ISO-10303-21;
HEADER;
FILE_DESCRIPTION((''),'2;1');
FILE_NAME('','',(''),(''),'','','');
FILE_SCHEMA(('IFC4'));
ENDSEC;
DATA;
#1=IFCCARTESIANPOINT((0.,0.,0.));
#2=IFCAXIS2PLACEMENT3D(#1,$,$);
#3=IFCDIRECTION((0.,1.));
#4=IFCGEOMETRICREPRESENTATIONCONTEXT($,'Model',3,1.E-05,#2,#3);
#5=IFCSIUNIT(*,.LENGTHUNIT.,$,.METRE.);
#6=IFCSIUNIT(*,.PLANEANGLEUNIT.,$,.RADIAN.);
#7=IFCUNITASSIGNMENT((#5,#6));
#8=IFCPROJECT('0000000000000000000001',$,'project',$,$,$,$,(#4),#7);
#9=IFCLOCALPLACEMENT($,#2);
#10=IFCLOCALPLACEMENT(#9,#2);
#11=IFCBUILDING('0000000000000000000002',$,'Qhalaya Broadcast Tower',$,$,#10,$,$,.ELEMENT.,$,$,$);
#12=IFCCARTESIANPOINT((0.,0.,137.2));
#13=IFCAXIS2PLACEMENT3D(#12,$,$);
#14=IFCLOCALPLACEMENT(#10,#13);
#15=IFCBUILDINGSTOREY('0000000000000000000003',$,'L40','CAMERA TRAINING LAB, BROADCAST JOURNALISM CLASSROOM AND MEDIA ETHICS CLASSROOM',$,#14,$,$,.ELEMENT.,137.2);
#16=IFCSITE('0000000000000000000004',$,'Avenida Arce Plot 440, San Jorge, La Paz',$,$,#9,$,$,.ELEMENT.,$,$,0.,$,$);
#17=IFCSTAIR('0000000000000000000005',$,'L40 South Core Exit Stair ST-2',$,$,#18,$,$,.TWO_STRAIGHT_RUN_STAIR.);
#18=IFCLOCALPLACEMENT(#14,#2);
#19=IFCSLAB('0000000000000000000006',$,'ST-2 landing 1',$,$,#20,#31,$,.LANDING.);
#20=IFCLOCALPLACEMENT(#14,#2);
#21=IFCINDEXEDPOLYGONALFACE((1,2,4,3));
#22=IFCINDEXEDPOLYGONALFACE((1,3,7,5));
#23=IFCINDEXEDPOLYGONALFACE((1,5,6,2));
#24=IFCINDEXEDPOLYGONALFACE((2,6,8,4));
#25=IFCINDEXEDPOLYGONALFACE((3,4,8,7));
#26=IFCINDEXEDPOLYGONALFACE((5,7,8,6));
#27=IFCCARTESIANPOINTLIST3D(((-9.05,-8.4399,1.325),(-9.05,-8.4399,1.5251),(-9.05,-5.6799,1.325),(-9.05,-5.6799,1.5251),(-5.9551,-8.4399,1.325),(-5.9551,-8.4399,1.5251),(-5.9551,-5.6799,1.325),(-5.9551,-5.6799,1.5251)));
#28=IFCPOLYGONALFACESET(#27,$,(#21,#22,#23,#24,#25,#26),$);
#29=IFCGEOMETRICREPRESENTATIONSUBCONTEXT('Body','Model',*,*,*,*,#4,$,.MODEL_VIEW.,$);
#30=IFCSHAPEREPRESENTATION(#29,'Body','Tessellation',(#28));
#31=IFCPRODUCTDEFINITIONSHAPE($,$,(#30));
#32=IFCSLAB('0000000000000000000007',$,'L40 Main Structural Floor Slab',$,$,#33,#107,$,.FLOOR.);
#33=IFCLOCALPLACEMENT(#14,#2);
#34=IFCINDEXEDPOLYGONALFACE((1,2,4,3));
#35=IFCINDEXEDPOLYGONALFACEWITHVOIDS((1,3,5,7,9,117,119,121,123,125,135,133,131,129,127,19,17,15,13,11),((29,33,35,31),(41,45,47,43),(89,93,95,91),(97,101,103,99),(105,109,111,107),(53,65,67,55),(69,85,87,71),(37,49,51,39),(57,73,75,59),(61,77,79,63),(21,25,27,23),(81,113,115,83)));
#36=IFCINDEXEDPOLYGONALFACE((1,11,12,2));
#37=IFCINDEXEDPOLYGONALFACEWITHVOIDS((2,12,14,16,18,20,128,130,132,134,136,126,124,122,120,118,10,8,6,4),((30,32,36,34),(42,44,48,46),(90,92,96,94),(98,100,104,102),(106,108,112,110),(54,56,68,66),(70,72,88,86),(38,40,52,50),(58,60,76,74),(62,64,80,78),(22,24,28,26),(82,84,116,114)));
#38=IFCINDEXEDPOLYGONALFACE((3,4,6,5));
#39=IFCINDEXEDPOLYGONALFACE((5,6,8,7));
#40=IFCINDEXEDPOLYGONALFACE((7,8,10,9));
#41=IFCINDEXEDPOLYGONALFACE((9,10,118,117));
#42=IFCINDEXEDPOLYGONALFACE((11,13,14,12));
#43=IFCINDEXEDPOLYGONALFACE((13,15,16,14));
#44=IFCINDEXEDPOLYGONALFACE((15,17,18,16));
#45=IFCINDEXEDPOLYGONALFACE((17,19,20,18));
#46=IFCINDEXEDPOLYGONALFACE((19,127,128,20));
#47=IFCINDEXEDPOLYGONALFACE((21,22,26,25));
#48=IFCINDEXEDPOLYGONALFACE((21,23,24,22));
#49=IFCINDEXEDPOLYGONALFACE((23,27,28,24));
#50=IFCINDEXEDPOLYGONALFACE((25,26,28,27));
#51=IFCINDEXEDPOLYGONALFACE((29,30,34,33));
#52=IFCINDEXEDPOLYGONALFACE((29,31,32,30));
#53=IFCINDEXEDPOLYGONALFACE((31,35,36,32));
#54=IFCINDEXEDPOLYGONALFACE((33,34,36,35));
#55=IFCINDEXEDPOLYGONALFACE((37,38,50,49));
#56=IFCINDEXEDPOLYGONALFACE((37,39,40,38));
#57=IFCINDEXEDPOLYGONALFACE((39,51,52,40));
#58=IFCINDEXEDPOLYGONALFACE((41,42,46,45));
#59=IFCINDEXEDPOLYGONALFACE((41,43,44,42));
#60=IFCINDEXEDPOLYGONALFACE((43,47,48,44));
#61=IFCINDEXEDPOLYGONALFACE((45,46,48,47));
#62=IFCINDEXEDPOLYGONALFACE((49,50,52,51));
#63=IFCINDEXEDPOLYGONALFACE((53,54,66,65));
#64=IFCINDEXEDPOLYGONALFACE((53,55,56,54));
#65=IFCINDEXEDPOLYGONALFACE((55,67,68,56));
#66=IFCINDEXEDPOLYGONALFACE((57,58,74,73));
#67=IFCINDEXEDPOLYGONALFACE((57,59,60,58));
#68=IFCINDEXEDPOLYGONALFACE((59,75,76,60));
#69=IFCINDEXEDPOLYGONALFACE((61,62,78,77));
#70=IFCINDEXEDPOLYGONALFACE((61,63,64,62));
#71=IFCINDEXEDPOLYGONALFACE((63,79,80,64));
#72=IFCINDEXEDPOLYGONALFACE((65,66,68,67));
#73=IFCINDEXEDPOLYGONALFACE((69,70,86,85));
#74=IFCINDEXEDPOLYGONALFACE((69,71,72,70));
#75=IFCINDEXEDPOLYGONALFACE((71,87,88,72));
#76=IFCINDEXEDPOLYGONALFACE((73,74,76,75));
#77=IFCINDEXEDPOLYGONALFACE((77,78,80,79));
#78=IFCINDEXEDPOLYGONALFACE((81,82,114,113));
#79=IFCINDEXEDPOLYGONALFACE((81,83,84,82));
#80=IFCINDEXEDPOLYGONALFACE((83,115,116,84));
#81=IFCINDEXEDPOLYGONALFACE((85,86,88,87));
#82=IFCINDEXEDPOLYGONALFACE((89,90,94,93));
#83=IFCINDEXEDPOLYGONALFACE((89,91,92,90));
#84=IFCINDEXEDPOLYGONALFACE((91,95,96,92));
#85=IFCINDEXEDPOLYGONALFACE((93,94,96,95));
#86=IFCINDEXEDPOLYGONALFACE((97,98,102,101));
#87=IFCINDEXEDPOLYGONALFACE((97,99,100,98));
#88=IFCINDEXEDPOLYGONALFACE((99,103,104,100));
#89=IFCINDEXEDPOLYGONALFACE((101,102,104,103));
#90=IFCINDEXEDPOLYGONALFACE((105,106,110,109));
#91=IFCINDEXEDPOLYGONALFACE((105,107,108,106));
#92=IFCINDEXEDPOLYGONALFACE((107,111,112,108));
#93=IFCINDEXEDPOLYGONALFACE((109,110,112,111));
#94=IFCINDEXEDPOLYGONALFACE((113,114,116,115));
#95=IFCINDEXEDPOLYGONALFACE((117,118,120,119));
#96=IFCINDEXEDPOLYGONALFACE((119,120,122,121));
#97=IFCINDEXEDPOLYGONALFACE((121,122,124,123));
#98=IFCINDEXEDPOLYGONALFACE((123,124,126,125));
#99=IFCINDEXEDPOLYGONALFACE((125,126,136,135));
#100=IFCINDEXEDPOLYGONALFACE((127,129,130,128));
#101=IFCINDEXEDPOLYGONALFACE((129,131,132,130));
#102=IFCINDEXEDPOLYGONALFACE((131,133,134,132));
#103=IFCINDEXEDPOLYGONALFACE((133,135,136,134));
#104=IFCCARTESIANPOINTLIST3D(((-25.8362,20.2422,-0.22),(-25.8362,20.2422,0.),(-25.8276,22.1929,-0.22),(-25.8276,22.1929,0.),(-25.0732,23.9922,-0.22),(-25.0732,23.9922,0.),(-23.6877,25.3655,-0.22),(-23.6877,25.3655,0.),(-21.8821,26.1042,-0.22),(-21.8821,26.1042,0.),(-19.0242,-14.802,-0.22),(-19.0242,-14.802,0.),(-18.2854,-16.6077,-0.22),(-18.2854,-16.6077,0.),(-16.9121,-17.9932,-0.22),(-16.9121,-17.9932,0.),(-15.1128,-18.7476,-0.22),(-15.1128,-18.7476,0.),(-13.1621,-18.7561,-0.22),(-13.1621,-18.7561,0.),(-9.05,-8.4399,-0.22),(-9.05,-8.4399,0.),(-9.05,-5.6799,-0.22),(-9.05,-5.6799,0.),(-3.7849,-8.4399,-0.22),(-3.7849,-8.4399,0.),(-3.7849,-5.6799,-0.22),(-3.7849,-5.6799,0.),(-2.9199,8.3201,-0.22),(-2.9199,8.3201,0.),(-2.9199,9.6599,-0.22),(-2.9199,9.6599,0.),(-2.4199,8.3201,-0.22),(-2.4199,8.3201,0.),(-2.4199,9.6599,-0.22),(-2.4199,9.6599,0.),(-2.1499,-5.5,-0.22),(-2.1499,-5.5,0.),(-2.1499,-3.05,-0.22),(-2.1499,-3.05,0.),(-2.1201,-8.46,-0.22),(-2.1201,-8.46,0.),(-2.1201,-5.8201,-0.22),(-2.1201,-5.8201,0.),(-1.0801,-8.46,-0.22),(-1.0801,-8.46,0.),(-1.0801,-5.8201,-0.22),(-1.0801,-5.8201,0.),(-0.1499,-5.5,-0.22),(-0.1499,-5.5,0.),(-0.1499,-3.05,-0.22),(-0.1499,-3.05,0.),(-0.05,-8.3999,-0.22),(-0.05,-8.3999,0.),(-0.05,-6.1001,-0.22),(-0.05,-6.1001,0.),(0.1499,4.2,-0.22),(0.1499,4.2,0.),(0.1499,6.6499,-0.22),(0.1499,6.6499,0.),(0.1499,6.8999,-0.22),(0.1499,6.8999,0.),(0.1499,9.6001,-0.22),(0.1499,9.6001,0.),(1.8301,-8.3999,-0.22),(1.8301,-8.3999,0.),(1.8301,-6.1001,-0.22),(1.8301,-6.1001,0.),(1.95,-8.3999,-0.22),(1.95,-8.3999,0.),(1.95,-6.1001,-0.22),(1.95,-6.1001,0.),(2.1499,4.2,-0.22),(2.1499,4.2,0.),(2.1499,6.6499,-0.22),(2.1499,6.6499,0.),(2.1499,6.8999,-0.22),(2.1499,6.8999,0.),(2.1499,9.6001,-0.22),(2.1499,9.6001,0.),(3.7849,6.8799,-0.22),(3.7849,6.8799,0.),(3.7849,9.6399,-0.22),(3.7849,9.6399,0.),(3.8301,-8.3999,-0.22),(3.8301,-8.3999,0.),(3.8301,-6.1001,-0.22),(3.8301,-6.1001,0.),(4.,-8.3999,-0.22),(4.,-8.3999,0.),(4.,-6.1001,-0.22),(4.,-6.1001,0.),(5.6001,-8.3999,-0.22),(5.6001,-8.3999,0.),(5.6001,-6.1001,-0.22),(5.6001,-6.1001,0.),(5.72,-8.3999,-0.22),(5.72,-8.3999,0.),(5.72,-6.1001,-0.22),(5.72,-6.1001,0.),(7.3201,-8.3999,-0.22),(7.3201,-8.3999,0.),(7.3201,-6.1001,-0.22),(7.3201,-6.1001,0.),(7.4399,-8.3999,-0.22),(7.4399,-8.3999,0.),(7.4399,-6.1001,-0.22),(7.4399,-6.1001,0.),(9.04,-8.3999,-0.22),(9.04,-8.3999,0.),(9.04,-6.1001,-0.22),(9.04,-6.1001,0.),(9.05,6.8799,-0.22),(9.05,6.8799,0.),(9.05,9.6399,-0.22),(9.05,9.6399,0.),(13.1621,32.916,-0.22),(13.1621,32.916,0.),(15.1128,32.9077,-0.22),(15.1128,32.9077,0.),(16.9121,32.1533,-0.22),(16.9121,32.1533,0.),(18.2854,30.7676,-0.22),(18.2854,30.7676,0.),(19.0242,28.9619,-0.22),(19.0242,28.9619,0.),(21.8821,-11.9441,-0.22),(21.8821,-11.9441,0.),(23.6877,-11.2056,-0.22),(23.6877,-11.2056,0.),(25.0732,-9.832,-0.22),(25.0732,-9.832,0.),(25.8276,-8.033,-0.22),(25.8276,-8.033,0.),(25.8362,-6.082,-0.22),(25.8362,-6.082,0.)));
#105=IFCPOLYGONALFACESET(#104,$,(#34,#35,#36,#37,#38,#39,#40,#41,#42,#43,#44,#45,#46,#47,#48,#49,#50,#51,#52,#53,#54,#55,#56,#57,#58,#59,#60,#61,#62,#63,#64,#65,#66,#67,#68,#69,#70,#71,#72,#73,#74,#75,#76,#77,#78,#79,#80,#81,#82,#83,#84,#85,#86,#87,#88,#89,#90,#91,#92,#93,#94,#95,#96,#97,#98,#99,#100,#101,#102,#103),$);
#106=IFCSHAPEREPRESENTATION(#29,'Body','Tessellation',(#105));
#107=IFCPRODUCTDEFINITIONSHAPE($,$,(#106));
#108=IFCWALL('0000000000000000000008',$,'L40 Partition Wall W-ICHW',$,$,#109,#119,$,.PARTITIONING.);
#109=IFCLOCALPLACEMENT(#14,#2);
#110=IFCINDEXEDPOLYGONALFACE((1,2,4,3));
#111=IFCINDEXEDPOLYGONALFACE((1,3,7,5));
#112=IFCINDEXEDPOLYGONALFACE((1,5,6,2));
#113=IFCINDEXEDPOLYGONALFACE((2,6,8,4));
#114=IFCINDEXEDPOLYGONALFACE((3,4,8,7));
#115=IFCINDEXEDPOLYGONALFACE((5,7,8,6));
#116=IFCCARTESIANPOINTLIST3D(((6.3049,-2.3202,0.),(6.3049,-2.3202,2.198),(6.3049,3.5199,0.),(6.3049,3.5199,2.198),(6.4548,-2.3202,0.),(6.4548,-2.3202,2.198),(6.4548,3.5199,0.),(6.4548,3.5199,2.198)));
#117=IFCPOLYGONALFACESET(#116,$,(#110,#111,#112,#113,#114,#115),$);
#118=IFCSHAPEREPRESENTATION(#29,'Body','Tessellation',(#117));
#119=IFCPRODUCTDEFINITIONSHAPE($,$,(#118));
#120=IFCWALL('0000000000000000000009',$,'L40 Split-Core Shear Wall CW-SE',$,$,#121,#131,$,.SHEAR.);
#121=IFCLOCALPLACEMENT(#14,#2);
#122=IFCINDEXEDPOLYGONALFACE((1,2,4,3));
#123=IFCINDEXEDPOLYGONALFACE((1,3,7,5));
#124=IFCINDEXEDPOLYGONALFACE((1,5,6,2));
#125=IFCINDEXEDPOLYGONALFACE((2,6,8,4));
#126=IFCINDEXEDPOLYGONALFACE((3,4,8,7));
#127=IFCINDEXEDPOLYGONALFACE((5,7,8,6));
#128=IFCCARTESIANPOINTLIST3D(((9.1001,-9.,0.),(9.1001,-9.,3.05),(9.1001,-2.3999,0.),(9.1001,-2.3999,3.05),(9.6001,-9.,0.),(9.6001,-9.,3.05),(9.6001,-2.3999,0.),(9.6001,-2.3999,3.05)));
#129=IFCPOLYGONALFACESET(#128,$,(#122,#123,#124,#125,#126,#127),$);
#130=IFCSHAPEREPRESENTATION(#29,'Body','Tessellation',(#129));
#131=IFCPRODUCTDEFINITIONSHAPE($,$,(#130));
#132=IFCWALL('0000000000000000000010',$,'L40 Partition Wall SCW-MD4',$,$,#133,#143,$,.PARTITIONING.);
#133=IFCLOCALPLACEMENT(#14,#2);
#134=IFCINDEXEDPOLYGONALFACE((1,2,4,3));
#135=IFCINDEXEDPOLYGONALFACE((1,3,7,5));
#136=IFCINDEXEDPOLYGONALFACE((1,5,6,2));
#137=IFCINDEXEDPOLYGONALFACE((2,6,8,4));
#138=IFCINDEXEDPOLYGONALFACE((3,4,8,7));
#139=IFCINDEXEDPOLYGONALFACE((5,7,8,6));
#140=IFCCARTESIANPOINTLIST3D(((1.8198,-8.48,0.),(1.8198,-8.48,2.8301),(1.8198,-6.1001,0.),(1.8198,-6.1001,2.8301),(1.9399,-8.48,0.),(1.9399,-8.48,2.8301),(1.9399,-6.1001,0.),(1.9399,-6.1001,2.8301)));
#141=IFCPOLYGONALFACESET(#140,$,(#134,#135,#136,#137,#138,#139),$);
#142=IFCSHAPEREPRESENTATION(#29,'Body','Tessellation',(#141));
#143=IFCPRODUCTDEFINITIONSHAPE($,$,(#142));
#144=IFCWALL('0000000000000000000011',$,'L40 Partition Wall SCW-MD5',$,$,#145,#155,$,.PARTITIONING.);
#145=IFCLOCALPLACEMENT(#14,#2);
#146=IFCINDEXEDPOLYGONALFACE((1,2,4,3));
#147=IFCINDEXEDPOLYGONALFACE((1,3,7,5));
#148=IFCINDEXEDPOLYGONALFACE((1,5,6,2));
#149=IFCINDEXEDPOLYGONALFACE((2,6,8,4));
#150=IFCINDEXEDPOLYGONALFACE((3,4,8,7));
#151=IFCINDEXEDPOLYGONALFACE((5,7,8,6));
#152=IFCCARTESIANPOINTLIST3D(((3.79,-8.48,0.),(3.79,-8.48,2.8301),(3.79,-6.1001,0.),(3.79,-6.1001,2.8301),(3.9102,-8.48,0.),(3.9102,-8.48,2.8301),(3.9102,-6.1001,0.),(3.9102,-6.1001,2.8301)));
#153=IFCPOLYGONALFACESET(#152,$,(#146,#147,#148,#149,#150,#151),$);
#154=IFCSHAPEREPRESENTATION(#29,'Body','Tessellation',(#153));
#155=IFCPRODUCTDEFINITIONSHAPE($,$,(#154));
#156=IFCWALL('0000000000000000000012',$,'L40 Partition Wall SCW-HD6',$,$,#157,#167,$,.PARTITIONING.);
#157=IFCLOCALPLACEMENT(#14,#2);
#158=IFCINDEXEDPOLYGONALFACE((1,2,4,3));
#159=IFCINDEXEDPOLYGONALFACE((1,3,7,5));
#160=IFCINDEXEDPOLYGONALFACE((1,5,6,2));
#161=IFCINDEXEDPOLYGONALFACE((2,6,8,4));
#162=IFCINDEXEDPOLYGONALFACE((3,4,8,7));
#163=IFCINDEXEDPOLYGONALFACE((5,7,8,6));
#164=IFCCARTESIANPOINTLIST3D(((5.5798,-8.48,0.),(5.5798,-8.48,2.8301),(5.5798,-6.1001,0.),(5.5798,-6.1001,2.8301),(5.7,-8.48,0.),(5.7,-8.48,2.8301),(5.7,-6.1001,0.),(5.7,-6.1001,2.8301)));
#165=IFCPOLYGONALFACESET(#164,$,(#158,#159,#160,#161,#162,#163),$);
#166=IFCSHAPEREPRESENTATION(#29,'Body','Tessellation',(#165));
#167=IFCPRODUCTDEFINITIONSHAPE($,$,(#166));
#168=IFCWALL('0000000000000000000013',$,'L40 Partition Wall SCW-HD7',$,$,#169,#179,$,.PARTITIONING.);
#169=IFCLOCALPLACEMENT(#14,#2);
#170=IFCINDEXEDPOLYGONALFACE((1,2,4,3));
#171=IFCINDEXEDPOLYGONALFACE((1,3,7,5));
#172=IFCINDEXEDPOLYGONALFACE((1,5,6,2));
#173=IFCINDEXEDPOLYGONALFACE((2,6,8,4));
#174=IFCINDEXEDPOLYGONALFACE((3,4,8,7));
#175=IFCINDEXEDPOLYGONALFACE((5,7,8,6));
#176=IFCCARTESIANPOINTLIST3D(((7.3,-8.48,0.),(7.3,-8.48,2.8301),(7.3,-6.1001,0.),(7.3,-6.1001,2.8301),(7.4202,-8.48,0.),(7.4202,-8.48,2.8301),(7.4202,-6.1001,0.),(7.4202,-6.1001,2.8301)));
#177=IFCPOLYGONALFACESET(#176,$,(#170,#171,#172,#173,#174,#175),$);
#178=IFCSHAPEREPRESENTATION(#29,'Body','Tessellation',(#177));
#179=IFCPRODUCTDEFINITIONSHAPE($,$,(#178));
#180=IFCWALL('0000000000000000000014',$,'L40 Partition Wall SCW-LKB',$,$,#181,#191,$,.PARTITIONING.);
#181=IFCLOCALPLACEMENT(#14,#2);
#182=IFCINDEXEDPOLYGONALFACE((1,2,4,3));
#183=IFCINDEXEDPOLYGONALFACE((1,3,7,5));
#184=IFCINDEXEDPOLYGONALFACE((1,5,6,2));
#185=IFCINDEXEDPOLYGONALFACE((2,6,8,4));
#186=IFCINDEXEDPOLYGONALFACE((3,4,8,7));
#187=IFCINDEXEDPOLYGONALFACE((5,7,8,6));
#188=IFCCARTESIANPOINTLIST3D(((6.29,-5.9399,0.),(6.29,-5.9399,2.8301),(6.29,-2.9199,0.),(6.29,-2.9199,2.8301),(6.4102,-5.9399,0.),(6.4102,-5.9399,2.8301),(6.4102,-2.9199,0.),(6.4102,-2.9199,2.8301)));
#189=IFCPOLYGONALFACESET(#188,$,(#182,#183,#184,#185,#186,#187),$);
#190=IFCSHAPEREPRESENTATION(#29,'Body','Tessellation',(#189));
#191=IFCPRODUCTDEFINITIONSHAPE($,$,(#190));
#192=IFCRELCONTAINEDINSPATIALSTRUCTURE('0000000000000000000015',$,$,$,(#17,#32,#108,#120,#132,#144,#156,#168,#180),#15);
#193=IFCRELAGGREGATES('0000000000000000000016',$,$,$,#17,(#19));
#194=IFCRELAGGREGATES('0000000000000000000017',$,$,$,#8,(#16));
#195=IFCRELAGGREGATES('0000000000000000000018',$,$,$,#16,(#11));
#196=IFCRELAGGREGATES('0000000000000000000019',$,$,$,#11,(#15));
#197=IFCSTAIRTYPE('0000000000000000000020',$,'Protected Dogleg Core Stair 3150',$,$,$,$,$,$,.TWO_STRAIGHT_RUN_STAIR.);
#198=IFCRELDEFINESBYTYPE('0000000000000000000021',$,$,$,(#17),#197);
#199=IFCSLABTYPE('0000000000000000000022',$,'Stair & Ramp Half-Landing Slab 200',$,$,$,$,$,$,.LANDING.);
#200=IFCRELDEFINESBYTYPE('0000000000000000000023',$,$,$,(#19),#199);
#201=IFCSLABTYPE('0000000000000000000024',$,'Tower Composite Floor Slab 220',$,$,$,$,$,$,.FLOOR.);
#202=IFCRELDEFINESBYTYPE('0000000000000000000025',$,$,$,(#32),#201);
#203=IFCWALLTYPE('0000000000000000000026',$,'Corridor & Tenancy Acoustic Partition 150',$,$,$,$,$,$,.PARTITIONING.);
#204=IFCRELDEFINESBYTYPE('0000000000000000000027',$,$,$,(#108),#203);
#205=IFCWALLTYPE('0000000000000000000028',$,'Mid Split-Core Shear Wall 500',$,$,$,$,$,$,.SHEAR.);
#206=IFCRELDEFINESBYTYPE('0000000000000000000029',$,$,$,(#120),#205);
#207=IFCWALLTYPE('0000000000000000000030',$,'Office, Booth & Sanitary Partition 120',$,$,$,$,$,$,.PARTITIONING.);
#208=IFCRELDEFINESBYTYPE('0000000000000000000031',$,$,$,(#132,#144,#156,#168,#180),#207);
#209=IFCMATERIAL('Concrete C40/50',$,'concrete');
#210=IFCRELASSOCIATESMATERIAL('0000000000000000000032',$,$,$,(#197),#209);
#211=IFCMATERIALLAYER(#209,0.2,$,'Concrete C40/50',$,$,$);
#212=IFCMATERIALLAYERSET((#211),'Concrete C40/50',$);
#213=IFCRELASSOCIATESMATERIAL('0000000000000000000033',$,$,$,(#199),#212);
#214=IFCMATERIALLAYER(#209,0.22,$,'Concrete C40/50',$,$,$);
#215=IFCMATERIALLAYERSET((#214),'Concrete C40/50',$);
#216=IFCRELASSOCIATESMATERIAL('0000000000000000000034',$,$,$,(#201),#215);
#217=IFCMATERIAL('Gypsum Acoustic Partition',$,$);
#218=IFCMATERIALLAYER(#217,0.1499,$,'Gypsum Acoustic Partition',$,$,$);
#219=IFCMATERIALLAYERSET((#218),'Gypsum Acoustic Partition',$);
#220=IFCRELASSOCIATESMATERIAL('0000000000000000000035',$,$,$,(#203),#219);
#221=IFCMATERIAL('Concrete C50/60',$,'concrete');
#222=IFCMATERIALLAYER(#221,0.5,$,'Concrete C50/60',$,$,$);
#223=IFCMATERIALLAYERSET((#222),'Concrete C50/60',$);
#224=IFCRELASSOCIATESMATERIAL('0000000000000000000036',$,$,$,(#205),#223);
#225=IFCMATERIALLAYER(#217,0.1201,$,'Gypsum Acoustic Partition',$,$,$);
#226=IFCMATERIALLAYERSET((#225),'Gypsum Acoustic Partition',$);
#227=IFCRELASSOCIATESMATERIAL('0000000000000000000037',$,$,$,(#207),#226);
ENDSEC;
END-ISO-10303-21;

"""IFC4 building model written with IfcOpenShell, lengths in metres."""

from ifc_helpers import new_model, si_unit, direction, frame, frame_2d, origin, place, context, subcontext, project, spatial, polyline, rectangle, outline, extrude, material, layer, layer_set, type_object, element, aggregate, save


model = new_model("IFC4")

# Units and contexts
model_context = context("Model", 3, precision=1e-05, world=origin(), true_north=direction((0.0, 1.0)))
body_context = subcontext(model_context, "Body", "Model", "MODEL_VIEW")
ifc_project = project(units=[si_unit("LENGTHUNIT", "METRE"), si_unit("PLANEANGLEUNIT", "RADIAN")], contexts=[model_context])

# Site, building, storey
site_placement = place(None, origin())
site = spatial("IfcSite", under=ifc_project, at=site_placement, Name="Avenida Arce Plot 440, San Jorge, La Paz", CompositionType="ELEMENT", RefElevation=0.0)
building_placement = place(site_placement, origin())
building = spatial("IfcBuilding", under=site, at=building_placement, Name="Qhalaya Broadcast Tower", CompositionType="ELEMENT")
storey_placement = place(building_placement, frame((0.0, 0.0, 137.2)))
storey = spatial("IfcBuildingStorey", under=building, at=storey_placement, Name="L40", Description="CAMERA TRAINING LAB, BROADCAST JOURNALISM CLASSROOM AND MEDIA ETHICS CLASSROOM", CompositionType="ELEMENT", Elevation=137.2)

# Shared definitions
ifc_material_1 = material(Name="Concrete C50/60", Category="concrete")

# Stair, slab
ifc_material_2 = material(Name="Concrete C40/50", Category="concrete")
stair_type = type_object("IfcStairType", Name="Protected Dogleg Core Stair 3150", PredefinedType="TWO_STRAIGHT_RUN_STAIR", material=ifc_material_2)
ifc_layer_1 = layer(ifc_material_2, 0.2, Name="Concrete C40/50")
ifc_layer_set_1 = layer_set([ifc_layer_1], Name="Concrete C40/50")
slab_type_1 = type_object("IfcSlabType", Name="Stair & Ramp Half-Landing Slab 200", PredefinedType="LANDING", material=ifc_layer_set_1)
stair_1_placement = place(storey_placement, origin())
stair_1 = element("IfcStair", 1, at=stair_1_placement, inside=storey, type_object=stair_type, Name="L40 South Core Exit Stair ST-2", PredefinedType="TWO_STRAIGHT_RUN_STAIR")
slab_1_placement = place(storey_placement, frame((0.0, 0.0, 1.325)))
slab_1 = element("IfcSlab", 2, at=slab_1_placement, type_object=slab_type_1, Name="ST-2 landing 1", PredefinedType="LANDING", context=body_context, shape_type="SweptSolid", body=[
    extrude(outline(polyline([(-5.9551, -5.6799), (-9.05, -5.6799), (-9.05, -8.4399), (-5.9551, -8.4399), (-5.9551, -5.6799)])), origin(), (0.0, 0.0, 1.0), 0.2002),
])
aggregate(stair_1, [slab_1])

# Slab
ifc_layer_2 = layer(ifc_material_2, 0.22, Name="Concrete C40/50")
ifc_layer_set_2 = layer_set([ifc_layer_2], Name="Concrete C40/50")
slab_type_2 = type_object("IfcSlabType", Name="Tower Composite Floor Slab 220", PredefinedType="FLOOR", material=ifc_layer_set_2)
slab_2_placement = place(storey_placement, frame((0.0, 0.0, -0.22)))
element("IfcSlab", 3, at=slab_2_placement, inside=storey, type_object=slab_type_2, Name="L40 Main Structural Floor Slab", PredefinedType="FLOOR", context=body_context, shape_type="SweptSolid", body=[
    extrude(outline(polyline([(21.8821, -11.9441), (23.6877, -11.2056), (25.0732, -9.832), (25.8276, -8.033), (25.8362, -6.082), (19.0242, 28.9619), (18.2854, 30.7676), (16.9121, 32.1533), (15.1128, 32.9077), (13.1621, 32.916), (-21.8821, 26.1042), (-23.6877, 25.3655), (-25.0732, 23.9922), (-25.8276, 22.1929), (-25.8362, 20.2422), (-19.0242, -14.802), (-18.2854, -16.6077), (-16.9121, -17.9932), (-15.1128, -18.7476), (-13.1621, -18.7561), (21.8821, -11.9441)]), holes=[polyline([(3.7849, 9.6399), (9.05, 9.6399), (9.05, 6.8799), (3.7849, 6.8799), (3.7849, 9.6399)]), polyline([(-3.7849, -8.4399), (-9.05, -8.4399), (-9.05, -5.6799), (-3.7849, -5.6799), (-3.7849, -8.4399)]), polyline([(0.1499, 6.6499), (2.1499, 6.6499), (2.1499, 4.2), (0.1499, 4.2), (0.1499, 6.6499)]), polyline([(0.1499, 9.6001), (2.1499, 9.6001), (2.1499, 6.8999), (0.1499, 6.8999), (0.1499, 9.6001)]), polyline([(-2.1499, -3.05), (-0.1499, -3.05), (-0.1499, -5.5), (-2.1499, -5.5), (-2.1499, -3.05)]), polyline([(-0.05, -6.1001), (1.8301, -6.1001), (1.8301, -8.3999), (-0.05, -8.3999), (-0.05, -6.1001)]), polyline([(1.95, -6.1001), (3.8301, -6.1001), (3.8301, -8.3999), (1.95, -8.3999), (1.95, -6.1001)]), polyline([(4.0, -6.1001), (5.6001, -6.1001), (5.6001, -8.3999), (4.0, -8.3999), (4.0, -6.1001)]), polyline([(5.72, -6.1001), (7.3201, -6.1001), (7.3201, -8.3999), (5.72, -8.3999), (5.72, -6.1001)]), polyline([(7.4399, -6.1001), (9.04, -6.1001), (9.04, -8.3999), (7.4399, -8.3999), (7.4399, -6.1001)]), polyline([(-2.9199, 9.6599), (-2.4199, 9.6599), (-2.4199, 8.3201), (-2.9199, 8.3201), (-2.9199, 9.6599)]), polyline([(-2.1201, -5.8201), (-1.0801, -5.8201), (-1.0801, -8.46), (-2.1201, -8.46), (-2.1201, -5.8201)])]), origin(), (0.0, 0.0, 1.0), 0.22),
])

# Walls
ifc_material_3 = material(Name="Gypsum Acoustic Partition")
ifc_layer_3 = layer(ifc_material_3, 0.1499, Name="Gypsum Acoustic Partition")
ifc_layer_set_3 = layer_set([ifc_layer_3], Name="Gypsum Acoustic Partition")
wall_type_1 = type_object("IfcWallType", Name="Corridor & Tenancy Acoustic Partition 150", PredefinedType="PARTITIONING", material=ifc_layer_set_3)
wall_1_placement = place(storey_placement, frame((6.3799, -2.3201, 0.0), z_axis=(0.0, 0.0, 1.0), x_axis=(0.0, 1.0, 0.0)))
element("IfcWall", 4, at=wall_1_placement, inside=storey, type_object=wall_type_1, Name="L40 Partition Wall W-ICHW", PredefinedType="PARTITIONING", context=body_context, shape_type="SweptSolid", body=[
    extrude(rectangle(XDim=5.8401, YDim=0.1499, at=frame_2d((2.9199, 0.0))), origin(), (0.0, 0.0, 1.0), 2.198),
])
ifc_layer_4 = layer(ifc_material_1, 0.5, Name="Concrete C50/60")
ifc_layer_set_4 = layer_set([ifc_layer_4], Name="Concrete C50/60")
wall_type_2 = type_object("IfcWallType", Name="Mid Split-Core Shear Wall 500", PredefinedType="SHEAR", material=ifc_layer_set_4)
wall_2_placement = place(storey_placement, frame((9.3501, -9.0, 0.0), z_axis=(0.0, 0.0, 1.0), x_axis=(0.0, 1.0, 0.0)))
element("IfcWall", 5, at=wall_2_placement, inside=storey, type_object=wall_type_2, Name="L40 Split-Core Shear Wall CW-SE", PredefinedType="SHEAR", context=body_context, shape_type="SweptSolid", body=[
    extrude(rectangle(XDim=6.6001, YDim=0.5, at=frame_2d((3.3, 0.0))), origin(), (0.0, 0.0, 1.0), 3.05),
])
ifc_layer_5 = layer(ifc_material_3, 0.1201, Name="Gypsum Acoustic Partition")
ifc_layer_set_5 = layer_set([ifc_layer_5], Name="Gypsum Acoustic Partition")
wall_type_3 = type_object("IfcWallType", Name="Office, Booth & Sanitary Partition 120", PredefinedType="PARTITIONING", material=ifc_layer_set_5)
for number, where, z_axis, x_axis, name in (
    (6, (1.8799, -8.48, 0.0), (0.0, 0.0, 1.0), (0.0, 1.0, 0.0), "L40 Partition Wall SCW-MD4"),
    (7, (3.8501, -8.48, 0.0), (0.0, 0.0, 1.0), (0.0, 1.0, 0.0), "L40 Partition Wall SCW-MD5"),
    (8, (5.6399, -8.48, 0.0), (0.0, 0.0, 1.0), (0.0, 1.0, 0.0), "L40 Partition Wall SCW-HD6"),
    (9, (7.3601, -8.48, 0.0), (0.0, 0.0, 1.0), (0.0, 1.0, 0.0), "L40 Partition Wall SCW-HD7"),
):
    element("IfcWall", number, at=place(storey_placement, frame(where, z_axis=z_axis, x_axis=x_axis)), inside=storey, type_object=wall_type_3, Name=name, PredefinedType="PARTITIONING", context=body_context, shape_type="SweptSolid", body=[
        extrude(rectangle(XDim=2.3799, YDim=0.1201, at=frame_2d((1.1899, 0.0))), origin(), (0.0, 0.0, 1.0), 2.8301),
    ])
wall_3_placement = place(storey_placement, frame((6.3501, -5.9399, 0.0), z_axis=(0.0, 0.0, 1.0), x_axis=(0.0, 1.0, 0.0)))
element("IfcWall", 10, at=wall_3_placement, inside=storey, type_object=wall_type_3, Name="L40 Partition Wall SCW-LKB", PredefinedType="PARTITIONING", context=body_context, shape_type="SweptSolid", body=[
    extrude(rectangle(XDim=3.02, YDim=0.1201, at=frame_2d((1.51, 0.0))), origin(), (0.0, 0.0, 1.0), 2.8301),
])

save(model, "model.ifc")
